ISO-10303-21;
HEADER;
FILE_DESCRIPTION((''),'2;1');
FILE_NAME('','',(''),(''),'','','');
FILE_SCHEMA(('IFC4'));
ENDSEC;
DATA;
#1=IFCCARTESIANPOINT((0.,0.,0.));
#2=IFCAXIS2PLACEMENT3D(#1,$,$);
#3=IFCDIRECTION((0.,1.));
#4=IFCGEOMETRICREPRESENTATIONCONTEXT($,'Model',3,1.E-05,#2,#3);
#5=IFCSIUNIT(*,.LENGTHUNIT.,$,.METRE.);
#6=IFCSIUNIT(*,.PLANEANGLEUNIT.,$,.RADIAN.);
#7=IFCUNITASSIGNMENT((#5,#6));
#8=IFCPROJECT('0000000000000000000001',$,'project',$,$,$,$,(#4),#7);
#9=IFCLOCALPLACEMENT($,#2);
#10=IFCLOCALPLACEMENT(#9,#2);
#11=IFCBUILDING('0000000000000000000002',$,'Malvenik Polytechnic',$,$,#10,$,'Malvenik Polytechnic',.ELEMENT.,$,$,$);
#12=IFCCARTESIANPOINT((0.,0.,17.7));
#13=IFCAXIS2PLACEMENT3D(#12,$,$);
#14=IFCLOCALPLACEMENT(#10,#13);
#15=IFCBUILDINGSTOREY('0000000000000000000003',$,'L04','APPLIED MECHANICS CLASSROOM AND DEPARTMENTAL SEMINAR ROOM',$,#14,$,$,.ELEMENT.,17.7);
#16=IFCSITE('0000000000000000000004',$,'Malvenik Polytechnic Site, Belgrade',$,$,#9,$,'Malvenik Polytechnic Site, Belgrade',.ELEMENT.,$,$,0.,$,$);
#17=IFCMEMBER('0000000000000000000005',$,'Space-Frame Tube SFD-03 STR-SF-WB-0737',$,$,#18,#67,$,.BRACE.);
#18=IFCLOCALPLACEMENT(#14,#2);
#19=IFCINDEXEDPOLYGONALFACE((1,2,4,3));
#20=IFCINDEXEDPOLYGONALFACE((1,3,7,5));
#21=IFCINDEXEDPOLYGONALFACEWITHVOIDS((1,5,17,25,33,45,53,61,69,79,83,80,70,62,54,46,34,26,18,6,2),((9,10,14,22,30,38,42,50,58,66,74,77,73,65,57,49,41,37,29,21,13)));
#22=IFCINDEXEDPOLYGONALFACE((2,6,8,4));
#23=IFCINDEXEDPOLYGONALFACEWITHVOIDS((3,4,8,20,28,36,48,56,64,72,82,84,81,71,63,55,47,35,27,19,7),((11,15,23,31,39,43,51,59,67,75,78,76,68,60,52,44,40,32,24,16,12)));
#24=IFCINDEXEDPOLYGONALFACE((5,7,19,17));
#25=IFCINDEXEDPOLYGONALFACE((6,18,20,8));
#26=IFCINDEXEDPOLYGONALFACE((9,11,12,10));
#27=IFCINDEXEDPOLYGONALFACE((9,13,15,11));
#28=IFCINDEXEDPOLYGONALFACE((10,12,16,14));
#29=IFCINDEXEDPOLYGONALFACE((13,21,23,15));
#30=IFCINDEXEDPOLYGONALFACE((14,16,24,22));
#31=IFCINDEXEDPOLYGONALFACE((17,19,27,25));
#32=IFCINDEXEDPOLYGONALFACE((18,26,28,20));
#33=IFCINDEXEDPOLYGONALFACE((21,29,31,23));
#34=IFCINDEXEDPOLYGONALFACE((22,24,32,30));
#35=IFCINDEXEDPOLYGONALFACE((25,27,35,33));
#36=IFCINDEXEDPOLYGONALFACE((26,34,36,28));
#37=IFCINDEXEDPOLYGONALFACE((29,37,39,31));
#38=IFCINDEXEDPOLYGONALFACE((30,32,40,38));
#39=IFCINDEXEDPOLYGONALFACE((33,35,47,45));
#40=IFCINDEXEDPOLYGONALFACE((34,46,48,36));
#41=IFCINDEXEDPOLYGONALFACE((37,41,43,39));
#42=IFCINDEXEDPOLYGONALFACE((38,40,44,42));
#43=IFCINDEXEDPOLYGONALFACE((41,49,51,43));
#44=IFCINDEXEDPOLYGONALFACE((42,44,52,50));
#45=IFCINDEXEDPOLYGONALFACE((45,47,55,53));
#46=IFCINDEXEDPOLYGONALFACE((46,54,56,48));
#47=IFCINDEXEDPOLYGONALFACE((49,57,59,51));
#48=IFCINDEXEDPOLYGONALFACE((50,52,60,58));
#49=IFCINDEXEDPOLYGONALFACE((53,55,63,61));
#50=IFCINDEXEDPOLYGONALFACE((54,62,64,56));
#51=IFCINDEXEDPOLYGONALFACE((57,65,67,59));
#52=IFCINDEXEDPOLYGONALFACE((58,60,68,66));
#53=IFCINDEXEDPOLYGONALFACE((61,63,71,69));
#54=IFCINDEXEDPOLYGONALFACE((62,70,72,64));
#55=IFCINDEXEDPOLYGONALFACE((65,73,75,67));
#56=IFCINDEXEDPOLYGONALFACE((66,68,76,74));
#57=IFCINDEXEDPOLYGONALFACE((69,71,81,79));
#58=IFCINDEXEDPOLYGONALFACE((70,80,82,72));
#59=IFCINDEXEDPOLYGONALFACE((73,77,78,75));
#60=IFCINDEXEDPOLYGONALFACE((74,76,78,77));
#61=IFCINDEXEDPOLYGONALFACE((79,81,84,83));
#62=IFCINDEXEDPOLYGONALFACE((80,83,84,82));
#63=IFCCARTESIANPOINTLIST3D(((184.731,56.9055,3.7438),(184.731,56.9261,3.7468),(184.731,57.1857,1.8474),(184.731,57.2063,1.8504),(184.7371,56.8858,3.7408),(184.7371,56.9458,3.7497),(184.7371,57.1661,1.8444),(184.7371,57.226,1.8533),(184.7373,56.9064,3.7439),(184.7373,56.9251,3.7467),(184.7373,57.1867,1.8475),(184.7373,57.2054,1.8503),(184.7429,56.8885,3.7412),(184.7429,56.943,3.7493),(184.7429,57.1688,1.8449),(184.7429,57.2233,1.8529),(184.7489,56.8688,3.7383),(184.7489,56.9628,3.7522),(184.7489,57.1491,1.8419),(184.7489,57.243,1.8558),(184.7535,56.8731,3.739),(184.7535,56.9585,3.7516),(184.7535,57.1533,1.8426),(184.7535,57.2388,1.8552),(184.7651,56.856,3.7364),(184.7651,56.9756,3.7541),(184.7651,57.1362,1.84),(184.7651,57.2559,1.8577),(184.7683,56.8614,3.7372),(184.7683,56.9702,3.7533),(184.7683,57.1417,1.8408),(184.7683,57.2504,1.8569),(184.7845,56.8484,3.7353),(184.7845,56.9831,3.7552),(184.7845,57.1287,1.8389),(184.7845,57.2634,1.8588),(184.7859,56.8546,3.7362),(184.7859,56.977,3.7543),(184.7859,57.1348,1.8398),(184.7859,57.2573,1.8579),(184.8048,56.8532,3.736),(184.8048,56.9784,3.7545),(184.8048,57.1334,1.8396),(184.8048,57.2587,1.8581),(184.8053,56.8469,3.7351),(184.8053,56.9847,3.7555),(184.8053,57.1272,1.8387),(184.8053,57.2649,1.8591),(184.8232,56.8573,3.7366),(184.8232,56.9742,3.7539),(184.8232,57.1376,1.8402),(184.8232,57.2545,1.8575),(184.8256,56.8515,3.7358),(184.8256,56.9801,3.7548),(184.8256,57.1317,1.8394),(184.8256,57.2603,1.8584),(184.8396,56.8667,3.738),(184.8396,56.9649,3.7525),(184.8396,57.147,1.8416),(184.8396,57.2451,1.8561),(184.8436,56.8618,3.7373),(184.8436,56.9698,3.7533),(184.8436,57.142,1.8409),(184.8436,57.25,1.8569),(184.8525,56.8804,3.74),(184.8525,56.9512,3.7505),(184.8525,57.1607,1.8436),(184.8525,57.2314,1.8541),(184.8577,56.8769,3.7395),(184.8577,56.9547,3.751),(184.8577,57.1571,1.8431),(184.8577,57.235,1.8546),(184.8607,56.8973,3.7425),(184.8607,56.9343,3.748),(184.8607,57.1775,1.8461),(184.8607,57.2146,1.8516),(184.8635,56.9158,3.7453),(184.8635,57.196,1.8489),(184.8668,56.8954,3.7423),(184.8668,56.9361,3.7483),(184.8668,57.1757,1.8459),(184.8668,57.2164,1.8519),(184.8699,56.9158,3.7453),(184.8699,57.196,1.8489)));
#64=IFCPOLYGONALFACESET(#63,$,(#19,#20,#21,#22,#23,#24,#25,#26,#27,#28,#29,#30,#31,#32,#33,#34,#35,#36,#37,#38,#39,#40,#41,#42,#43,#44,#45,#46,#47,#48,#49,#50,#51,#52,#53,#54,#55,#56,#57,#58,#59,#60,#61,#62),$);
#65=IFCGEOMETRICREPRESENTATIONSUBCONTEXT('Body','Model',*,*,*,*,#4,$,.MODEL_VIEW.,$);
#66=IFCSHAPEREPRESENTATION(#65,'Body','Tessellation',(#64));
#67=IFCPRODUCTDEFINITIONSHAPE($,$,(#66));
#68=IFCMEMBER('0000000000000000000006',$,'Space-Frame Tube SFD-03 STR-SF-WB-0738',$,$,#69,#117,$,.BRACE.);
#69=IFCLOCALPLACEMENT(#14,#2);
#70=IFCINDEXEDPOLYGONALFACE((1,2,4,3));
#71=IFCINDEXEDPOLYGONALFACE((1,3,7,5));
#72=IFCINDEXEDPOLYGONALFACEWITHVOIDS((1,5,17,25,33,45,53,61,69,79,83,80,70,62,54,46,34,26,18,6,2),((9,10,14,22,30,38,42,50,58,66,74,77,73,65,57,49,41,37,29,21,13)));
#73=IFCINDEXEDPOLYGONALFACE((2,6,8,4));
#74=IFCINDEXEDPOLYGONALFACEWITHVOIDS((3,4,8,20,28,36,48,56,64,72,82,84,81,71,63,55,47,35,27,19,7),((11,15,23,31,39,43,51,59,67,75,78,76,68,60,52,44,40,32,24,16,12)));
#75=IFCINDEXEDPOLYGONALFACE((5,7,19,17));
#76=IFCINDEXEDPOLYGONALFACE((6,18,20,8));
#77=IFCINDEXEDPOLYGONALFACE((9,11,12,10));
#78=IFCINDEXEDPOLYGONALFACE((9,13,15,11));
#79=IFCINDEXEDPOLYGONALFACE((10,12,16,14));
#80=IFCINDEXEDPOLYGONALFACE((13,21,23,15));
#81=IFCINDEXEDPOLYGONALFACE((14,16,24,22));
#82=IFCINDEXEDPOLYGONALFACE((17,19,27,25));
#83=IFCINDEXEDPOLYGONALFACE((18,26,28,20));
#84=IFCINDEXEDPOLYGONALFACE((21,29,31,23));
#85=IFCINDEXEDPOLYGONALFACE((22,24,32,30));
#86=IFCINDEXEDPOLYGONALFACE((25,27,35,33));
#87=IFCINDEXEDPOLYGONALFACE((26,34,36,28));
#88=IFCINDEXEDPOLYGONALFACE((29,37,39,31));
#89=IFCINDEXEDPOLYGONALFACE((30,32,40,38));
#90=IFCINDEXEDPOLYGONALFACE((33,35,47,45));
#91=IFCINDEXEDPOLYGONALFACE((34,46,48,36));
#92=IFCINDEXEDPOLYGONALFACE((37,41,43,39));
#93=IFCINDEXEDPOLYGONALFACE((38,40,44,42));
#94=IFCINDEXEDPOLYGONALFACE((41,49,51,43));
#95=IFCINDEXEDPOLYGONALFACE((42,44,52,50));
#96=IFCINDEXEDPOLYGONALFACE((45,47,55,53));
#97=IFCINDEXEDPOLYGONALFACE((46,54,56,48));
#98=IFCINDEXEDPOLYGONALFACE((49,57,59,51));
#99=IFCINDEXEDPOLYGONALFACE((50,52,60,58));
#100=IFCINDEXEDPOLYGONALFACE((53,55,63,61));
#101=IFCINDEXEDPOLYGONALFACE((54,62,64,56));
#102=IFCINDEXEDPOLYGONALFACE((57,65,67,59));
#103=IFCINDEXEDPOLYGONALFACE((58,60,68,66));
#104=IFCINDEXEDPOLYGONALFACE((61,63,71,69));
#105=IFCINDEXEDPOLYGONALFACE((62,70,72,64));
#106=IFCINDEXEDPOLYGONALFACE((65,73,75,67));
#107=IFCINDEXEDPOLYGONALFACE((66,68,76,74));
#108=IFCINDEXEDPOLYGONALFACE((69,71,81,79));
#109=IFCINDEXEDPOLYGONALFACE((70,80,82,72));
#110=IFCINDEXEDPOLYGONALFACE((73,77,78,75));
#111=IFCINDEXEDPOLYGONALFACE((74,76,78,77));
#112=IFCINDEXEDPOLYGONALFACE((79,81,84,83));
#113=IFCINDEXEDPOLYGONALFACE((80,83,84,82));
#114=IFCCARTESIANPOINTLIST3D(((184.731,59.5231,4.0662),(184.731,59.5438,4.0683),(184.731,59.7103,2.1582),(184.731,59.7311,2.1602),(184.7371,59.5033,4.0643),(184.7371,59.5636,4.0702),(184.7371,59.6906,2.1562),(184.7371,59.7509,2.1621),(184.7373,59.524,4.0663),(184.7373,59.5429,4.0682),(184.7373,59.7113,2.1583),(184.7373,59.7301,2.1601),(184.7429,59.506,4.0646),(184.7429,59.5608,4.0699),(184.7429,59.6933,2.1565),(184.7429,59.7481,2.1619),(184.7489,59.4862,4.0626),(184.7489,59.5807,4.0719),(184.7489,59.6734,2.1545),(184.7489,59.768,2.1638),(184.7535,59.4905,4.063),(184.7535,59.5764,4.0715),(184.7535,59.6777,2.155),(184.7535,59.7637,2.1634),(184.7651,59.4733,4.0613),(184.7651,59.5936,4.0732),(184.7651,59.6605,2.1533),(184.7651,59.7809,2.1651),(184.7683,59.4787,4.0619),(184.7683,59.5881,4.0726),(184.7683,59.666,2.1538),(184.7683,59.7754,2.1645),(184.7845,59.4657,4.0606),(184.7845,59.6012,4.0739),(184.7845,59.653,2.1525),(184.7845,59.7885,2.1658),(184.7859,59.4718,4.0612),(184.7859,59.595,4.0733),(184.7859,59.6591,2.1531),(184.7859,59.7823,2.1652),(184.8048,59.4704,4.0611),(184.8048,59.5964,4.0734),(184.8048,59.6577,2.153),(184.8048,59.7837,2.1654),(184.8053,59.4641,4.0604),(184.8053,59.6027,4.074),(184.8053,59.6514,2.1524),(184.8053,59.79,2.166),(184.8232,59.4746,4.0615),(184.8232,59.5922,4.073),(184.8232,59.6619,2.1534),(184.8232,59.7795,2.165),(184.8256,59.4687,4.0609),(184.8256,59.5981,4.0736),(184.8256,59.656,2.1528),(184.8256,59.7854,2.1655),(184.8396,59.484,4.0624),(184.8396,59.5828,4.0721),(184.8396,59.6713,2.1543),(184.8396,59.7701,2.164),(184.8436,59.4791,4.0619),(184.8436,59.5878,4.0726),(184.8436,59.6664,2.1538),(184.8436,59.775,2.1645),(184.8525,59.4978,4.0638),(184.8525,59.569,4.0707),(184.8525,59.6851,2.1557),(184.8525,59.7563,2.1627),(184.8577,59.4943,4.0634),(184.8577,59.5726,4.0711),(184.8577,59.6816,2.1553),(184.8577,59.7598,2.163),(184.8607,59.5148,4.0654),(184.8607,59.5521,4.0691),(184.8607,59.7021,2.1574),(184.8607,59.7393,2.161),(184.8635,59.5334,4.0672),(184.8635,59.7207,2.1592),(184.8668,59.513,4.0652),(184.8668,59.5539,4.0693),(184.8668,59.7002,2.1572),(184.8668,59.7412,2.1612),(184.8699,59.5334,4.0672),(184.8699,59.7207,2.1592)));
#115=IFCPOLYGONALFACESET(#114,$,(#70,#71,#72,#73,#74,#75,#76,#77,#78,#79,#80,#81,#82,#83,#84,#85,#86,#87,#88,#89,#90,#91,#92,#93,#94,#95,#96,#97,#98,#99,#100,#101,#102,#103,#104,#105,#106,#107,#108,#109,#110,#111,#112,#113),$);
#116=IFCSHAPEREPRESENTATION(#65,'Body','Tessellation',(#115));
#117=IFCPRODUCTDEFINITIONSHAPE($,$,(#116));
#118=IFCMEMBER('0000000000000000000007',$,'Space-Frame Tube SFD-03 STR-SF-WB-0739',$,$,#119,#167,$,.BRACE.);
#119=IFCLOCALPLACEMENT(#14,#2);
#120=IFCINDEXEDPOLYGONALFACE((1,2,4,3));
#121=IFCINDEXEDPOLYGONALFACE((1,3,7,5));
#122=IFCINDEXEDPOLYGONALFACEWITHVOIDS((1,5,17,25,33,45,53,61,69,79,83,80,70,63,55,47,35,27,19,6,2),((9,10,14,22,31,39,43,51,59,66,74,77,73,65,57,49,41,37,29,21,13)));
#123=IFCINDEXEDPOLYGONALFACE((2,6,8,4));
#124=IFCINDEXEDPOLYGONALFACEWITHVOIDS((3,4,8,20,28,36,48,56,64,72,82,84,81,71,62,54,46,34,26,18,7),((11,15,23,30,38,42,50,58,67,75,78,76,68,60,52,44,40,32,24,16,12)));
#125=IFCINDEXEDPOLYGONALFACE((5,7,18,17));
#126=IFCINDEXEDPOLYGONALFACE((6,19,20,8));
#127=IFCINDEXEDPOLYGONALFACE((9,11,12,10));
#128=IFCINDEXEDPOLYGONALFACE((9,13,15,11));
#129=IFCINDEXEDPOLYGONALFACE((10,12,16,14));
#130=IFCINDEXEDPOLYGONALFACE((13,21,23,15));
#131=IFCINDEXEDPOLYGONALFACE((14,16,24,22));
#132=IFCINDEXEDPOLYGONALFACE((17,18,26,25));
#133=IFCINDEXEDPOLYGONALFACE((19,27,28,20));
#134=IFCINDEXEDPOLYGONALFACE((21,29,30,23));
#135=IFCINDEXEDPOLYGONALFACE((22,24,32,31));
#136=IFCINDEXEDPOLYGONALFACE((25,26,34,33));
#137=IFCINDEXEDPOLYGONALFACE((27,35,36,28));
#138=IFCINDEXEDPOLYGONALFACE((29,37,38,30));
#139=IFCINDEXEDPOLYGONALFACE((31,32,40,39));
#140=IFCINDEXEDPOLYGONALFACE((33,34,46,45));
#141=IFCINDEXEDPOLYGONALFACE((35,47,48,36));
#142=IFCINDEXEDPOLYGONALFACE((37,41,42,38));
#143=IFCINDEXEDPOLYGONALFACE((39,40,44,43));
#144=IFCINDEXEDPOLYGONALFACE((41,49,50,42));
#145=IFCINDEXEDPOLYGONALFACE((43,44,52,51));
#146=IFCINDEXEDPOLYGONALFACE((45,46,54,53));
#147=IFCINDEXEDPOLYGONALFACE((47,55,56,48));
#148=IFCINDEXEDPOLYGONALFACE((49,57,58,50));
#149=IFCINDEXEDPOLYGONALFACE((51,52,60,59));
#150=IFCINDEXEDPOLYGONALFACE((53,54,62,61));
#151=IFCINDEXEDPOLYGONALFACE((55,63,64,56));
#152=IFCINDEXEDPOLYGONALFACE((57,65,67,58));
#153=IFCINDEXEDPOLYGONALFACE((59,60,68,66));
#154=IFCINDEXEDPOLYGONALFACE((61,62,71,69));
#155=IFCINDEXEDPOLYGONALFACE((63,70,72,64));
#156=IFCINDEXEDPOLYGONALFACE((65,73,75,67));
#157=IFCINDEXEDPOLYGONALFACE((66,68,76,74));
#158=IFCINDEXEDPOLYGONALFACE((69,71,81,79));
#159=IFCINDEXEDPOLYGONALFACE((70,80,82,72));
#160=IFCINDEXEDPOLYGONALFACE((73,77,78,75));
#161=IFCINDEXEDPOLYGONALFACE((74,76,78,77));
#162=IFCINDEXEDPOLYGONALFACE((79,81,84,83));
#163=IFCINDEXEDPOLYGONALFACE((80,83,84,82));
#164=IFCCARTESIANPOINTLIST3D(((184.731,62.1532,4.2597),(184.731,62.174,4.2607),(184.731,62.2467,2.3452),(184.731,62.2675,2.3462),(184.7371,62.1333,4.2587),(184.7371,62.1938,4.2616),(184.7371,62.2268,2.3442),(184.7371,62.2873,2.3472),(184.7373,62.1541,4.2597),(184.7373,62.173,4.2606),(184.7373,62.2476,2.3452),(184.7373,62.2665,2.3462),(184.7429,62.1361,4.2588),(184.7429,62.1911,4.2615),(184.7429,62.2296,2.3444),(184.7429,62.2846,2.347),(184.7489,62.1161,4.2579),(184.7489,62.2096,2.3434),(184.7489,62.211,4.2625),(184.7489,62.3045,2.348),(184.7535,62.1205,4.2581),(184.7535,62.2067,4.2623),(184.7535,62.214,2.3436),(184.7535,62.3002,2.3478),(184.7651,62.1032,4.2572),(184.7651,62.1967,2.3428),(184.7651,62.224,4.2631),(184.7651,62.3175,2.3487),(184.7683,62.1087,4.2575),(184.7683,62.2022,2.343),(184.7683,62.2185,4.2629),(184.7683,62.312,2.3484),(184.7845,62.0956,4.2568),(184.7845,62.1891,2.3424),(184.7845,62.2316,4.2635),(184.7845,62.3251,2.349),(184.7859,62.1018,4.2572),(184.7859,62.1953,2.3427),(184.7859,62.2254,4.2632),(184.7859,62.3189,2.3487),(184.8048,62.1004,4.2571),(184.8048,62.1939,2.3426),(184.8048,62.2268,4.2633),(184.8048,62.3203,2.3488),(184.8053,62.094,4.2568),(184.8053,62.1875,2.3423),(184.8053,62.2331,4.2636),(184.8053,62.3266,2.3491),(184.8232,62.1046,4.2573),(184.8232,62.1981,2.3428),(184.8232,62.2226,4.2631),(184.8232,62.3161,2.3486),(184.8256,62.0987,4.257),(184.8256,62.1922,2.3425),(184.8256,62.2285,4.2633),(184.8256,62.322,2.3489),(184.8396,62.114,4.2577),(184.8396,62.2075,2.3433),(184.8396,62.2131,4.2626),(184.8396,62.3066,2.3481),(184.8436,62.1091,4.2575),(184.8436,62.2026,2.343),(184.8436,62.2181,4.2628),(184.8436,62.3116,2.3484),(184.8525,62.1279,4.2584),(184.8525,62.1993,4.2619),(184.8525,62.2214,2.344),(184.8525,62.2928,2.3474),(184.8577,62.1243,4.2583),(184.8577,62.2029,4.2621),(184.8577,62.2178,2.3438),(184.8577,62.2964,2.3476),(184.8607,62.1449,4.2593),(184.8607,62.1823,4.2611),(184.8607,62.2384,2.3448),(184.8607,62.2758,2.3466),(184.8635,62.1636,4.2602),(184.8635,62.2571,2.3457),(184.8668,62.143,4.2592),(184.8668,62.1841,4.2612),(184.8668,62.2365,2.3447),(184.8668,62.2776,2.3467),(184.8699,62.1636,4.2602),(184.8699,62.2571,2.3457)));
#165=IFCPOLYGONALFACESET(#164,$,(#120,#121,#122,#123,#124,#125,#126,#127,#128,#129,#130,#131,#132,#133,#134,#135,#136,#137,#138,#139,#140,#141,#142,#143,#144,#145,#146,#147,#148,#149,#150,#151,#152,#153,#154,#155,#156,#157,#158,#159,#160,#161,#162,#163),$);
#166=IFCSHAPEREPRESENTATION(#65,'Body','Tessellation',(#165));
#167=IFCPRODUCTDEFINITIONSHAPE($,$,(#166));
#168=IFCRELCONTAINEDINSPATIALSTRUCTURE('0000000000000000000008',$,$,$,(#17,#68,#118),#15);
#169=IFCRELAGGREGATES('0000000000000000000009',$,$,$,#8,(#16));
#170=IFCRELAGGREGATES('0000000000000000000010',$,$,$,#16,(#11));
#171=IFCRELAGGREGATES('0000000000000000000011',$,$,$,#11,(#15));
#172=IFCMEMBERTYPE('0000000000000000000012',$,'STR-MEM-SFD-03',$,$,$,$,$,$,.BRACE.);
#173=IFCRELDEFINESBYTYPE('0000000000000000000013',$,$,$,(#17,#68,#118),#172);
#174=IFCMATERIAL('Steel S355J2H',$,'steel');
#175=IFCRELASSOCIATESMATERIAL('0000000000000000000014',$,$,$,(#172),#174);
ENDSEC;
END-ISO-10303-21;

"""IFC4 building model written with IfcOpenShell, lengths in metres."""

from ifc_helpers import new_model, si_unit, direction, frame, origin, origin_2d, place, context, subcontext, project, spatial, hollow_circle, extrude, material, material_profile, profile_set, type_object, element, save


model = new_model("IFC4")

# Units and contexts
model_context = context("Model", 3, precision=1e-05, world=origin(), true_north=direction((0.0, 1.0)))
body_context = subcontext(model_context, "Body", "Model", "MODEL_VIEW")
ifc_project = project(units=[si_unit("LENGTHUNIT", "METRE"), si_unit("PLANEANGLEUNIT", "RADIAN")], contexts=[model_context])

# Site, building, storey
site_placement = place(None, origin())
site = spatial("IfcSite", under=ifc_project, at=site_placement, Name="Malvenik Polytechnic Site, Belgrade", LongName="Malvenik Polytechnic Site, Belgrade", CompositionType="ELEMENT", RefElevation=0.0)
building_placement = place(site_placement, origin())
building = spatial("IfcBuilding", under=site, at=building_placement, Name="Malvenik Polytechnic", LongName="Malvenik Polytechnic", CompositionType="ELEMENT")
storey_placement = place(building_placement, frame((0.0, 0.0, 17.7)))
storey = spatial("IfcBuildingStorey", under=building, at=storey_placement, Name="L04", Description="APPLIED MECHANICS CLASSROOM AND DEPARTMENTAL SEMINAR ROOM", CompositionType="ELEMENT", Elevation=17.7)

# Members
ifc_material_1 = material(Name="Steel S355J2H", Category="steel")
ifc_material_profile_1 = material_profile(ifc_material_1, hollow_circle(Radius=0.0698, WallThickness=0.0063, at=origin_2d()), Name="CHS 139.7x6.3")
ifc_profile_set_1 = profile_set([ifc_material_profile_1], Name="Steel S355J2H")
member_type_1 = type_object("IfcMemberType", Name="STR-MEM-SFD-03", PredefinedType="BRACE", material=ifc_profile_set_1)
member_1_placement = place(storey_placement, frame((184.8, 57.196, 1.8489), z_axis=(0.0, -0.146198, 0.989255), x_axis=(1.0, 0.0, 0.0)))
element("IfcMember", 1, at=member_1_placement, inside=storey, type_object=member_type_1, Name="Space-Frame Tube SFD-03 STR-SF-WB-0737", PredefinedType="BRACE", context=body_context, shape_type="SweptSolid", body=[
    extrude(hollow_circle(Radius=0.0698, WallThickness=0.0063, at=origin_2d()), origin(), (0.0, 0.0, 1.0), 1.917),
])
member_2_placement = place(storey_placement, frame((184.8, 59.7207, 2.1592), z_axis=(0.0, -0.097675, 0.995218), x_axis=(1.0, 0.0, 0.0)))
element("IfcMember", 2, at=member_2_placement, inside=storey, type_object=member_type_1, Name="Space-Frame Tube SFD-03 STR-SF-WB-0738", PredefinedType="BRACE", context=body_context, shape_type="SweptSolid", body=[
    extrude(hollow_circle(Radius=0.0698, WallThickness=0.0063, at=origin_2d()), origin(), (0.0, 0.0, 1.0), 1.9172),
])
member_3_placement = place(storey_placement, frame((184.8, 62.2571, 2.3457), z_axis=(0.0, -0.048781, 0.998809), x_axis=(1.0, 0.0, 0.0)))
element("IfcMember", 3, at=member_3_placement, inside=storey, type_object=member_type_1, Name="Space-Frame Tube SFD-03 STR-SF-WB-0739", PredefinedType="BRACE", context=body_context, shape_type="SweptSolid", body=[
    extrude(hollow_circle(Radius=0.0698, WallThickness=0.0063, at=origin_2d()), origin(), (0.0, 0.0, 1.0), 1.9167),
])

save(model, "model.ifc")
